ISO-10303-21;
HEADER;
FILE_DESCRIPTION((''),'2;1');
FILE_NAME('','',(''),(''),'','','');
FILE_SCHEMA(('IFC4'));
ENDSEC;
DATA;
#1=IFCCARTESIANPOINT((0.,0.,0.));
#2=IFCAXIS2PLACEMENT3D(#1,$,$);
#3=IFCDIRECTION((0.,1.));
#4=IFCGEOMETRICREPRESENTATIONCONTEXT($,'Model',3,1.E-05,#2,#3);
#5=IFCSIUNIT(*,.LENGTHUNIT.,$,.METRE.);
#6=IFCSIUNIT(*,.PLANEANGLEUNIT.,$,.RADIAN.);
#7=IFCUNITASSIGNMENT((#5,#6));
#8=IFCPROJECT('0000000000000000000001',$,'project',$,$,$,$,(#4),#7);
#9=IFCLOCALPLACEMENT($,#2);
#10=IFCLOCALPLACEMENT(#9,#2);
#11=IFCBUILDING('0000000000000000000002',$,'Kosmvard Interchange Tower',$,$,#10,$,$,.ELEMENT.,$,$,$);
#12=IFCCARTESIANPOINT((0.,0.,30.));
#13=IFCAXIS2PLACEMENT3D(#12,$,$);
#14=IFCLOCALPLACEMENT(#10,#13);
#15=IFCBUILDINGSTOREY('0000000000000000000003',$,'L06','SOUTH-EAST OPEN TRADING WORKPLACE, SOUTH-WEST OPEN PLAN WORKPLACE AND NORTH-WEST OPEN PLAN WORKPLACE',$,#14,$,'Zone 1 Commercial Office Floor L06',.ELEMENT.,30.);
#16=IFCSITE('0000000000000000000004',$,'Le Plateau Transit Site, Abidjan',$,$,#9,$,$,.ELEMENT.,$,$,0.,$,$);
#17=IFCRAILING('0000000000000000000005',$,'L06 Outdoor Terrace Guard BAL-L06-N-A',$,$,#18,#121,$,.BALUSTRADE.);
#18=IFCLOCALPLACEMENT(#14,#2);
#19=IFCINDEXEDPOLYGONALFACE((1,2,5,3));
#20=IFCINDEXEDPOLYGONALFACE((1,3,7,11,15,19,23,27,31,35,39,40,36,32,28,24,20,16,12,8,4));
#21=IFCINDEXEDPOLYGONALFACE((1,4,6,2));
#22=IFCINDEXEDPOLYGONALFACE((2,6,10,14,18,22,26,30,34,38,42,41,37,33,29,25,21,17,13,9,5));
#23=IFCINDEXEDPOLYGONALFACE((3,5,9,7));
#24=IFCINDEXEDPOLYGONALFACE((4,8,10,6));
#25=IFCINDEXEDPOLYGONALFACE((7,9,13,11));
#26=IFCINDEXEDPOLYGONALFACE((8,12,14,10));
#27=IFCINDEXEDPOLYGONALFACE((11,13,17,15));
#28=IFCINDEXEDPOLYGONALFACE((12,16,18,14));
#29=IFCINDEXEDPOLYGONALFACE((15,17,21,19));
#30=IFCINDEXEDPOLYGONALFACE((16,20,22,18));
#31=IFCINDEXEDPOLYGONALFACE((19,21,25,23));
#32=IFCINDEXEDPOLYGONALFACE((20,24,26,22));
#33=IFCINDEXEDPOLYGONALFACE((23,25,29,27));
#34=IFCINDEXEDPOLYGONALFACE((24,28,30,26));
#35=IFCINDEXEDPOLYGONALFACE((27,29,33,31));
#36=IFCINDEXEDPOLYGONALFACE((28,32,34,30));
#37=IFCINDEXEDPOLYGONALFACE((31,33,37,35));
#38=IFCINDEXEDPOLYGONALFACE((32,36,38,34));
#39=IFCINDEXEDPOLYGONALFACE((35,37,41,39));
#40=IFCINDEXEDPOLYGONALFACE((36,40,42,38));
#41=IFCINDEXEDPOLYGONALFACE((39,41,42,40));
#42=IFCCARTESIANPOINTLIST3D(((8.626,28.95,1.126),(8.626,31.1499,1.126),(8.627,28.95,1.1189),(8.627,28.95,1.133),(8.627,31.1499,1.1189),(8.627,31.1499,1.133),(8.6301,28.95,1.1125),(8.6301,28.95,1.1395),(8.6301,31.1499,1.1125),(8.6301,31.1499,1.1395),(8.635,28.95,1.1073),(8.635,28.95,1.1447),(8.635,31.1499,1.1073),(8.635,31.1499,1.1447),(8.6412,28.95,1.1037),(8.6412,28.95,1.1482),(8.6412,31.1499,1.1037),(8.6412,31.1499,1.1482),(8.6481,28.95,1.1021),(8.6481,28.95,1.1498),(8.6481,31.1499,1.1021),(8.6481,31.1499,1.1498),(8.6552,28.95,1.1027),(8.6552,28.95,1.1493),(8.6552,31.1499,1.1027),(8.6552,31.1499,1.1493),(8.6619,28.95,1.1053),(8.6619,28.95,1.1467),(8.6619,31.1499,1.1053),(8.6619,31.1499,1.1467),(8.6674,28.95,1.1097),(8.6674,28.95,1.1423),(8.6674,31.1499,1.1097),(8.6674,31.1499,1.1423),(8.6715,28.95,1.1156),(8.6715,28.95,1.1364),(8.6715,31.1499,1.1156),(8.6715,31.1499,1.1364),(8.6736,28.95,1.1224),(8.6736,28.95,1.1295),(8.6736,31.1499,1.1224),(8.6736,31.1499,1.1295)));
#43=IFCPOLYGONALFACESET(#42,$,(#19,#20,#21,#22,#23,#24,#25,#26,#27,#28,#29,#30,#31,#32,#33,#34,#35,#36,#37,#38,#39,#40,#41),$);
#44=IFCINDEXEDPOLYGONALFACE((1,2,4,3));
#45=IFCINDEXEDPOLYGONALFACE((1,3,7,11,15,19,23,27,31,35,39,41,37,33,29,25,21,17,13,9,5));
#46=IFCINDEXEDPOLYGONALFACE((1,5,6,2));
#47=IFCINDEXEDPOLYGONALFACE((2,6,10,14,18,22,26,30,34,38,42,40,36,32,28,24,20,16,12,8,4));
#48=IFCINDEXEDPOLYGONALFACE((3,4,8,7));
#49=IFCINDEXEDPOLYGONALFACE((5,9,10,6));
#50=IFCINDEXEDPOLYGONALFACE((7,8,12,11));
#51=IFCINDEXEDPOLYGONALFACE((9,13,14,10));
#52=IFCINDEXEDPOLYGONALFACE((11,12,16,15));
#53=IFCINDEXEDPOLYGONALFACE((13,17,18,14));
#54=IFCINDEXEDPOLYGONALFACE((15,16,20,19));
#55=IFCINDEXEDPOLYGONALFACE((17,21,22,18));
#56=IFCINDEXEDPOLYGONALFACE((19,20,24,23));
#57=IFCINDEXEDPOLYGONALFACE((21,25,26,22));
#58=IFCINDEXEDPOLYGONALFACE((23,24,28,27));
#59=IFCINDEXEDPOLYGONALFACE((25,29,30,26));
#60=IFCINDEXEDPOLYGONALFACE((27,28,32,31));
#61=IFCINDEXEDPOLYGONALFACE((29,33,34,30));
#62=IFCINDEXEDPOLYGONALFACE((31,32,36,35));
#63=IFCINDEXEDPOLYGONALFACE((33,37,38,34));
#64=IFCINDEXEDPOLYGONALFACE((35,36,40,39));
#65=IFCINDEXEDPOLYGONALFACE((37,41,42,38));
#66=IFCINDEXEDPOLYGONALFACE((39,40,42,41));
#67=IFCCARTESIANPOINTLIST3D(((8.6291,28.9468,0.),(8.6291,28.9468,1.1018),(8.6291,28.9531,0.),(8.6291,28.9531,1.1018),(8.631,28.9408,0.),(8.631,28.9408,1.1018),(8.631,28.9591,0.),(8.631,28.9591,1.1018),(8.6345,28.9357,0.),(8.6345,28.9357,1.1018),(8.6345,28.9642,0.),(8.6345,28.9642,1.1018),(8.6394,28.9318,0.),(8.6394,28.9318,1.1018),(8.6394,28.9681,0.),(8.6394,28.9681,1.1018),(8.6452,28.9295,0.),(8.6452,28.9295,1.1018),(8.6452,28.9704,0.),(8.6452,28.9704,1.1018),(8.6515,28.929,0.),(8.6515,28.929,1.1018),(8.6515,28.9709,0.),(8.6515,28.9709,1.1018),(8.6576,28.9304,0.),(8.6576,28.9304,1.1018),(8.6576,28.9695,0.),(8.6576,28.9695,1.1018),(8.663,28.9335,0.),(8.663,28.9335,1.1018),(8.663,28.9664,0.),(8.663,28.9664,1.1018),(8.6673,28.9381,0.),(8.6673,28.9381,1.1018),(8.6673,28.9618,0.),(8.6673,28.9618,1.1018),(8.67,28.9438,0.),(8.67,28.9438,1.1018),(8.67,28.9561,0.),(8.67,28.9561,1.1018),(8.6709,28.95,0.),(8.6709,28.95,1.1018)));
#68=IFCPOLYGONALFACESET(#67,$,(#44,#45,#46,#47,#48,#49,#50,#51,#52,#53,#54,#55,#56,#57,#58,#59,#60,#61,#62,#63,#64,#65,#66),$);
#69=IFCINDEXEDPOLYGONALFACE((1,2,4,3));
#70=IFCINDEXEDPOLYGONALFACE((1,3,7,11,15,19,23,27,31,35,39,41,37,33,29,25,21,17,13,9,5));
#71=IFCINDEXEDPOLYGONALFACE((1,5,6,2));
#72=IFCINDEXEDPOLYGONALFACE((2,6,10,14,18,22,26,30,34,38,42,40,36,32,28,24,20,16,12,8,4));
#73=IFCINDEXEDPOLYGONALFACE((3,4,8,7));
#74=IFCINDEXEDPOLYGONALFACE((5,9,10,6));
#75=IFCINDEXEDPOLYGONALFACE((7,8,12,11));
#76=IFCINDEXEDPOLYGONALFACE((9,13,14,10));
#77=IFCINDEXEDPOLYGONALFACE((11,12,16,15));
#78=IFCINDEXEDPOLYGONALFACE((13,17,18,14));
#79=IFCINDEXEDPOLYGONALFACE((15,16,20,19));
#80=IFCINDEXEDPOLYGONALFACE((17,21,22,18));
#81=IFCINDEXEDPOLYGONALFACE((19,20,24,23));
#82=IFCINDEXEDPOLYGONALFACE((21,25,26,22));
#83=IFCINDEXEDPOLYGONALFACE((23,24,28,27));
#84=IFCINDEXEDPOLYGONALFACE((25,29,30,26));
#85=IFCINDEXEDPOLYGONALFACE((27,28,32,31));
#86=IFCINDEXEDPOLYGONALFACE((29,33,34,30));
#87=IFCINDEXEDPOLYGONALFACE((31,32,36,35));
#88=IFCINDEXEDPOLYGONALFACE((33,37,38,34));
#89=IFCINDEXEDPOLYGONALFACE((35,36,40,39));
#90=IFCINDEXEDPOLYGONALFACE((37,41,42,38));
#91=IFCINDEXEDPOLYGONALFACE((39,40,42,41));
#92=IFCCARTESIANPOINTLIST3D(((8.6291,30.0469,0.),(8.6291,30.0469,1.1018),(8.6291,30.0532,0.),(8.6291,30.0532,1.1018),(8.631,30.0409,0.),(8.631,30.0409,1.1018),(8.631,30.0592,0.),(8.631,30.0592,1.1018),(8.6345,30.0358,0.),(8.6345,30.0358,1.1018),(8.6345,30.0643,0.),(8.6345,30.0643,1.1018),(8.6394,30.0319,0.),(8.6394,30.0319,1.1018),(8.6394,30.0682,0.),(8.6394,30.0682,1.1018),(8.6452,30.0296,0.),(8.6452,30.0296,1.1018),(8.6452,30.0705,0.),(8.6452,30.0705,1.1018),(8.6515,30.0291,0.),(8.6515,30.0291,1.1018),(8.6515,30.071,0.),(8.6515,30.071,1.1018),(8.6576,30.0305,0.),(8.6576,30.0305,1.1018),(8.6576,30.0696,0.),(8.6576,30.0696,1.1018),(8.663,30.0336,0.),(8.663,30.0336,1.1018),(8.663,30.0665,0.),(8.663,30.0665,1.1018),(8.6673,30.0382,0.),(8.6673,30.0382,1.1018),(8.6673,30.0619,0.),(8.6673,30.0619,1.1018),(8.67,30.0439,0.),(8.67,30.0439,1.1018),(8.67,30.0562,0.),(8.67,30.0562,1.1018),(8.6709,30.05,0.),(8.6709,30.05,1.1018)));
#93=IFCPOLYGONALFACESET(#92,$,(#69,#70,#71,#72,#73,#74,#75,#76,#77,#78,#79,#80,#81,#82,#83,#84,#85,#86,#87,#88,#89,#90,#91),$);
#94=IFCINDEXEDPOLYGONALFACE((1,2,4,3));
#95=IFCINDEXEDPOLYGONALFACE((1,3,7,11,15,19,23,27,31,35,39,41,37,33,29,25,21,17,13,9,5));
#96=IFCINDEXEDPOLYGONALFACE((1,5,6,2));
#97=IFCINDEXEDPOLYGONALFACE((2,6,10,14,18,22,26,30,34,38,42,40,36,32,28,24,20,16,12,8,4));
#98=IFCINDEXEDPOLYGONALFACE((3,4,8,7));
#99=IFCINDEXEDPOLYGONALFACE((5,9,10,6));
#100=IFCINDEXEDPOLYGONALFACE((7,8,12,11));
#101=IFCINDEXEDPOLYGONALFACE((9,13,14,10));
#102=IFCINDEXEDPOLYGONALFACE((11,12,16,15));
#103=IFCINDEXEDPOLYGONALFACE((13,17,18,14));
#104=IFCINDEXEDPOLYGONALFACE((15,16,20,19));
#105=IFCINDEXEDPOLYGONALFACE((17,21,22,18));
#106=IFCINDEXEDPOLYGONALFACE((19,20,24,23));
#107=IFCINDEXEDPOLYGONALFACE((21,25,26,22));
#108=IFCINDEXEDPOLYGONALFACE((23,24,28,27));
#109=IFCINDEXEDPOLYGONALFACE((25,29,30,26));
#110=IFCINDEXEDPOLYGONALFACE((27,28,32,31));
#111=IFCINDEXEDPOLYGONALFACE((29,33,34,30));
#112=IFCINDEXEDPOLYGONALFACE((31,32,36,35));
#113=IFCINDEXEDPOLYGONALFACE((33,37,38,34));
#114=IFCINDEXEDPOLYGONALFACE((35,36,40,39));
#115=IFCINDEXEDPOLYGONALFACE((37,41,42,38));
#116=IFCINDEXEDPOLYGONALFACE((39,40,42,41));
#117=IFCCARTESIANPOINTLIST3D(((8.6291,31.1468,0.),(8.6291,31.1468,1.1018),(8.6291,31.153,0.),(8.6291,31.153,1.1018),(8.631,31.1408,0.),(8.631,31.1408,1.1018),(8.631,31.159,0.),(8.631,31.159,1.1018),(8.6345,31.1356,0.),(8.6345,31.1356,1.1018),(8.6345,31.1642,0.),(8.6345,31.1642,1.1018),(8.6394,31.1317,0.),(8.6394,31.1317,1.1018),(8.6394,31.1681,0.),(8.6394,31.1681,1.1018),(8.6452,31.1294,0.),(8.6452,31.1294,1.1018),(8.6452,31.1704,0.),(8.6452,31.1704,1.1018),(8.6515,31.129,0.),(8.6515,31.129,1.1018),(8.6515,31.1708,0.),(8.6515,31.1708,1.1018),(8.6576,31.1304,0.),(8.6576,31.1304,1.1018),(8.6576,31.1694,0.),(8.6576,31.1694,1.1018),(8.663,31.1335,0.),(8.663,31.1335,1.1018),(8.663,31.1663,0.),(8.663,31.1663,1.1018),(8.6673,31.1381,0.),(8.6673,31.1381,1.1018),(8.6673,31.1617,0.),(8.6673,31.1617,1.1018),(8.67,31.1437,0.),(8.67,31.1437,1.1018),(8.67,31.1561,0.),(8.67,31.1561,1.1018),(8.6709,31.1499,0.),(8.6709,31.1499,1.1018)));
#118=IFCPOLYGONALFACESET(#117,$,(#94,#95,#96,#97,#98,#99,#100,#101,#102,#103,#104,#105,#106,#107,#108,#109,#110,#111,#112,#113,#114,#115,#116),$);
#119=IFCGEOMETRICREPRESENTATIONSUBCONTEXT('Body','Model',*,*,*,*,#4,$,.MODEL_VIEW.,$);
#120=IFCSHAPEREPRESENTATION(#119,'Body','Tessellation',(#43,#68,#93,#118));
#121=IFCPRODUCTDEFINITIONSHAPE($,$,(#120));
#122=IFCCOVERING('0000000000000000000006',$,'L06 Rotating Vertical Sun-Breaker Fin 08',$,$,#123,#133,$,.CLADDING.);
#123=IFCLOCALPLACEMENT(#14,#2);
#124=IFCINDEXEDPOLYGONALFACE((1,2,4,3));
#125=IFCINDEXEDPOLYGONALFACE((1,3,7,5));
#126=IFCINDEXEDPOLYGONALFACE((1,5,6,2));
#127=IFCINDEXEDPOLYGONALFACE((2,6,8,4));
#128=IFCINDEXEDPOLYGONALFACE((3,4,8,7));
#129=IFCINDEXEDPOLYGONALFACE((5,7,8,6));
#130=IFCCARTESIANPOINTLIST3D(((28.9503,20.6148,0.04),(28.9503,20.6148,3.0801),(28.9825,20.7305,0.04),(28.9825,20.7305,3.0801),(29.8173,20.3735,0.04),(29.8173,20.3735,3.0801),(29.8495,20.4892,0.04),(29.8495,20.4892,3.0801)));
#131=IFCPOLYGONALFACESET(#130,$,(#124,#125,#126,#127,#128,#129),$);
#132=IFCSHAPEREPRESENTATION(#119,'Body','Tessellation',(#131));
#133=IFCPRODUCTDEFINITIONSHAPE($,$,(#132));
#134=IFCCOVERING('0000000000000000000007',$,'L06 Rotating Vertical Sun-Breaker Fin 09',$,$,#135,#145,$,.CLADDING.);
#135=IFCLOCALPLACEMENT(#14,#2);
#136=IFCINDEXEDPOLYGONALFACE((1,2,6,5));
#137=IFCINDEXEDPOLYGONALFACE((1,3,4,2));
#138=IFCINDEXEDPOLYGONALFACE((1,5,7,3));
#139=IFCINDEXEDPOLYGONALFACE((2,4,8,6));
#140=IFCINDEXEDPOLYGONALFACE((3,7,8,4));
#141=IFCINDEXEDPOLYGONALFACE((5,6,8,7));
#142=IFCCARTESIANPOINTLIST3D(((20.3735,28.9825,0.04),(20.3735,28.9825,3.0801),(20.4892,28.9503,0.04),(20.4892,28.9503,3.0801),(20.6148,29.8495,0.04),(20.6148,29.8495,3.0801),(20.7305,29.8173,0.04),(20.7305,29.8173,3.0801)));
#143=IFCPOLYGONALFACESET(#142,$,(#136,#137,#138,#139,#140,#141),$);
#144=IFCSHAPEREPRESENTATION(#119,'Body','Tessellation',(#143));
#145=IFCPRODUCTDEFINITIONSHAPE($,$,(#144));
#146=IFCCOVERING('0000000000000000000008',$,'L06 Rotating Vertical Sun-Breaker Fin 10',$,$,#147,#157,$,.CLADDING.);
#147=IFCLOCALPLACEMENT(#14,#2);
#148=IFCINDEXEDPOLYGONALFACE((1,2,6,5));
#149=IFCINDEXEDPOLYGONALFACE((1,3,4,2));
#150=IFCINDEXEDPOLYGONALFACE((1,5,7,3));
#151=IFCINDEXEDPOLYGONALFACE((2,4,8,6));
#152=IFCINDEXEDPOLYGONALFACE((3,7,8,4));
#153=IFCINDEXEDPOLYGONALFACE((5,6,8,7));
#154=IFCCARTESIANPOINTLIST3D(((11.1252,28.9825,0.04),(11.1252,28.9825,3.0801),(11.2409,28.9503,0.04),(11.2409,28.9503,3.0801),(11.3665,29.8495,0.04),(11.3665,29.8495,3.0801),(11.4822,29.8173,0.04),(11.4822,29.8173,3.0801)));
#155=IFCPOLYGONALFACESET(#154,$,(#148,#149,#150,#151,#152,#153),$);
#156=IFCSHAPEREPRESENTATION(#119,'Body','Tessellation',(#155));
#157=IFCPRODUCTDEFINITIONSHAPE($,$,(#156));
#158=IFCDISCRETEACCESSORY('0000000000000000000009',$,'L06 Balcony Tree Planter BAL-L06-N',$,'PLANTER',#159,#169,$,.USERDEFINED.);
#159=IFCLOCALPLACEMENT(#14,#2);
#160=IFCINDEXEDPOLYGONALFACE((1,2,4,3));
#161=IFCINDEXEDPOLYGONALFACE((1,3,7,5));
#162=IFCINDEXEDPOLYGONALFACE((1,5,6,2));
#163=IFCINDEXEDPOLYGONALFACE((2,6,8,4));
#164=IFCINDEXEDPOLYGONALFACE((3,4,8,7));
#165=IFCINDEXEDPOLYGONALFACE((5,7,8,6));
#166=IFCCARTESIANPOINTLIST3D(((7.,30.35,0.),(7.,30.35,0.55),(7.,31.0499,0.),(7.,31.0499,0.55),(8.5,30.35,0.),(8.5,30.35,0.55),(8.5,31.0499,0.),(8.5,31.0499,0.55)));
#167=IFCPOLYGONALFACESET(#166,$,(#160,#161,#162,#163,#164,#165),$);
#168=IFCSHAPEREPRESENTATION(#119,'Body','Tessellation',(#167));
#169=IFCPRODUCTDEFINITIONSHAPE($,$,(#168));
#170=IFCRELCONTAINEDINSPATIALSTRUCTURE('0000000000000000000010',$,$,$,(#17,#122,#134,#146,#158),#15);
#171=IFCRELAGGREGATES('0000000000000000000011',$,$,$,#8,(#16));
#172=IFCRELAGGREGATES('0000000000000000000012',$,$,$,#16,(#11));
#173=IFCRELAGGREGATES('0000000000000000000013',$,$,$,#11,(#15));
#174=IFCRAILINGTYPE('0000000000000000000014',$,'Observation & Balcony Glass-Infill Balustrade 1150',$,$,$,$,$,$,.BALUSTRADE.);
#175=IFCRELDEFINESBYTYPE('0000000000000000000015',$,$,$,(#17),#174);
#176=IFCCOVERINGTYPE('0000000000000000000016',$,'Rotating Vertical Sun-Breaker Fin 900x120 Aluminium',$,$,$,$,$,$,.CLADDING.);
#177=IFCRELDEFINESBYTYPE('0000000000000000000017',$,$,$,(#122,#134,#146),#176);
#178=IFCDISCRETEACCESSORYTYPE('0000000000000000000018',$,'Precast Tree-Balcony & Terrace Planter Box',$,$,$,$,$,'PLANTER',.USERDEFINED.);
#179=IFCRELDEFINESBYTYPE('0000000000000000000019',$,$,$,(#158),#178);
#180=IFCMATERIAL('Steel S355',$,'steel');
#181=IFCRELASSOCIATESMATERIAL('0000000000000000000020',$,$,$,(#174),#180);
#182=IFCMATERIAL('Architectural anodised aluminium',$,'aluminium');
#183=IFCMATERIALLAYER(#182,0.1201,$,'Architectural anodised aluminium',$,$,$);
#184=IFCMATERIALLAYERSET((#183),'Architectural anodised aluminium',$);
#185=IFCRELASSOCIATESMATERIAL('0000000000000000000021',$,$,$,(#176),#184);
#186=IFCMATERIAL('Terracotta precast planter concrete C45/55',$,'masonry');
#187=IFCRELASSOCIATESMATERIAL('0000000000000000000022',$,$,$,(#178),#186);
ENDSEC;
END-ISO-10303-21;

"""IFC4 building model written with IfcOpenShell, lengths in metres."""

from ifc_helpers import new_model, si_unit, direction, frame, origin, origin_2d, place, context, subcontext, project, spatial, rectangle, circle, extrude, source, transform, mapped, material, layer, layer_set, type_object, element, save


model = new_model("IFC4")

# Units and contexts
model_context = context("Model", 3, precision=1e-05, world=origin(), true_north=direction((0.0, 1.0)))
body_context = subcontext(model_context, "Body", "Model", "MODEL_VIEW")
ifc_project = project(units=[si_unit("LENGTHUNIT", "METRE"), si_unit("PLANEANGLEUNIT", "RADIAN")], contexts=[model_context])

# Site, building, storey
site_placement = place(None, origin())
site = spatial("IfcSite", under=ifc_project, at=site_placement, Name="Le Plateau Transit Site, Abidjan", CompositionType="ELEMENT", RefElevation=0.0)
building_placement = place(site_placement, origin())
building = spatial("IfcBuilding", under=site, at=building_placement, Name="Kosmvard Interchange Tower", CompositionType="ELEMENT")
storey_placement = place(building_placement, frame((0.0, 0.0, 30.0)))
storey = spatial("IfcBuildingStorey", under=building, at=storey_placement, Name="L06", Description="SOUTH-EAST OPEN TRADING WORKPLACE, SOUTH-WEST OPEN PLAN WORKPLACE AND NORTH-WEST OPEN PLAN WORKPLACE", LongName="Zone 1 Commercial Office Floor L06", CompositionType="ELEMENT", Elevation=30.0)

# Shared definitions
ifc_material_1 = material(Name="Steel S355", Category="steel")

# Railing
railing_type = type_object("IfcRailingType", Name="Observation & Balcony Glass-Infill Balustrade 1150", PredefinedType="BALUSTRADE", material=ifc_material_1)
shared_shape_1 = source(origin(), body_context, "Body", "SweptSolid", [
    extrude(circle(Radius=0.0239, at=origin_2d()), frame((0.0, 0.0, 1.126), z_axis=(0.0, 1.0, 0.0), x_axis=(-1.0, 0.0, 0.0)), (0.0, 0.0, 1.0), 2.2),
    extrude(circle(Radius=0.021, at=origin_2d()), origin(), (0.0, 0.0, 1.0), 1.1018),
    extrude(circle(Radius=0.021, at=origin_2d()), frame((0.0, 1.1001, 0.0)), (0.0, 0.0, 1.0), 1.1018),
    extrude(circle(Radius=0.021, at=origin_2d()), frame((0.0, 2.2, 0.0)), (0.0, 0.0, 1.0), 1.1018),
])
railing_1_placement = place(storey_placement, frame((8.6499, 28.95, 0.0)))
element("IfcRailing", 1, at=railing_1_placement, inside=storey, type_object=railing_type, Name="L06 Outdoor Terrace Guard BAL-L06-N-A", PredefinedType="BALUSTRADE", context=body_context, shape_type="MappedRepresentation", body=[
    mapped(shared_shape_1, transform((0.0, 0.0, 0.0), scale=1.0)),
])

# Coverings
ifc_material_2 = material(Name="Architectural anodised aluminium", Category="aluminium")
ifc_layer_1 = layer(ifc_material_2, 0.1201, Name="Architectural anodised aluminium")
ifc_layer_set_1 = layer_set([ifc_layer_1], Name="Architectural anodised aluminium")
covering_type = type_object("IfcCoveringType", Name="Rotating Vertical Sun-Breaker Fin 900x120 Aluminium", PredefinedType="CLADDING", material=ifc_layer_set_1)
shared_shape_2 = source(origin(), body_context, "Body", "SweptSolid", [
    extrude(rectangle(XDim=0.8999, YDim=0.1201, at=origin_2d()), origin(), (0.0, 0.0, 1.0), 3.04),
])
for number, where, z_axis, x_axis, name in (
    (2, (29.3999, 20.552, 0.04), (0.0, 0.0, 1.0), (0.963397, -0.268079, 0.0), "L06 Rotating Vertical Sun-Breaker Fin 08"),
    (3, (20.552, 29.3999, 0.04), (0.0, 0.0, 1.0), (0.268079, 0.963397, 0.0), "L06 Rotating Vertical Sun-Breaker Fin 09"),
    (4, (11.3037, 29.3999, 0.04), (0.0, 0.0, 1.0), (0.268079, 0.963397, 0.0), "L06 Rotating Vertical Sun-Breaker Fin 10"),
):
    element("IfcCovering", number, at=place(storey_placement, frame(where, z_axis=z_axis, x_axis=x_axis)), inside=storey, type_object=covering_type, Name=name, PredefinedType="CLADDING", context=body_context, shape_type="MappedRepresentation", body=[
        mapped(shared_shape_2, transform((0.0, 0.0, 0.0), scale=1.0)),
    ])

# Discrete accessory
ifc_material_3 = material(Name="Terracotta precast planter concrete C45/55", Category="masonry")
discrete_accessory_type = type_object("IfcDiscreteAccessoryType", Name="Precast Tree-Balcony & Terrace Planter Box", ElementType="PLANTER", PredefinedType="USERDEFINED", material=ifc_material_3)
shared_shape_3 = source(origin(), body_context, "Body", "SweptSolid", [
    extrude(rectangle(XDim=1.5, YDim=0.7, at=origin_2d()), origin(), (0.0, 0.0, 1.0), 0.55),
])
discrete_accessory_placement = place(storey_placement, frame((7.75, 30.7, 0.0), z_axis=(0.0, 0.0, 1.0), x_axis=(1.0, 0.0, 0.0)))
element("IfcDiscreteAccessory", 5, at=discrete_accessory_placement, inside=storey, type_object=discrete_accessory_type, Name="L06 Balcony Tree Planter BAL-L06-N", ObjectType="PLANTER", PredefinedType="USERDEFINED", context=body_context, shape_type="MappedRepresentation", body=[
    mapped(shared_shape_3, transform((0.0, 0.0, 0.0), scale=1.0)),
])

save(model, "model.ifc")
